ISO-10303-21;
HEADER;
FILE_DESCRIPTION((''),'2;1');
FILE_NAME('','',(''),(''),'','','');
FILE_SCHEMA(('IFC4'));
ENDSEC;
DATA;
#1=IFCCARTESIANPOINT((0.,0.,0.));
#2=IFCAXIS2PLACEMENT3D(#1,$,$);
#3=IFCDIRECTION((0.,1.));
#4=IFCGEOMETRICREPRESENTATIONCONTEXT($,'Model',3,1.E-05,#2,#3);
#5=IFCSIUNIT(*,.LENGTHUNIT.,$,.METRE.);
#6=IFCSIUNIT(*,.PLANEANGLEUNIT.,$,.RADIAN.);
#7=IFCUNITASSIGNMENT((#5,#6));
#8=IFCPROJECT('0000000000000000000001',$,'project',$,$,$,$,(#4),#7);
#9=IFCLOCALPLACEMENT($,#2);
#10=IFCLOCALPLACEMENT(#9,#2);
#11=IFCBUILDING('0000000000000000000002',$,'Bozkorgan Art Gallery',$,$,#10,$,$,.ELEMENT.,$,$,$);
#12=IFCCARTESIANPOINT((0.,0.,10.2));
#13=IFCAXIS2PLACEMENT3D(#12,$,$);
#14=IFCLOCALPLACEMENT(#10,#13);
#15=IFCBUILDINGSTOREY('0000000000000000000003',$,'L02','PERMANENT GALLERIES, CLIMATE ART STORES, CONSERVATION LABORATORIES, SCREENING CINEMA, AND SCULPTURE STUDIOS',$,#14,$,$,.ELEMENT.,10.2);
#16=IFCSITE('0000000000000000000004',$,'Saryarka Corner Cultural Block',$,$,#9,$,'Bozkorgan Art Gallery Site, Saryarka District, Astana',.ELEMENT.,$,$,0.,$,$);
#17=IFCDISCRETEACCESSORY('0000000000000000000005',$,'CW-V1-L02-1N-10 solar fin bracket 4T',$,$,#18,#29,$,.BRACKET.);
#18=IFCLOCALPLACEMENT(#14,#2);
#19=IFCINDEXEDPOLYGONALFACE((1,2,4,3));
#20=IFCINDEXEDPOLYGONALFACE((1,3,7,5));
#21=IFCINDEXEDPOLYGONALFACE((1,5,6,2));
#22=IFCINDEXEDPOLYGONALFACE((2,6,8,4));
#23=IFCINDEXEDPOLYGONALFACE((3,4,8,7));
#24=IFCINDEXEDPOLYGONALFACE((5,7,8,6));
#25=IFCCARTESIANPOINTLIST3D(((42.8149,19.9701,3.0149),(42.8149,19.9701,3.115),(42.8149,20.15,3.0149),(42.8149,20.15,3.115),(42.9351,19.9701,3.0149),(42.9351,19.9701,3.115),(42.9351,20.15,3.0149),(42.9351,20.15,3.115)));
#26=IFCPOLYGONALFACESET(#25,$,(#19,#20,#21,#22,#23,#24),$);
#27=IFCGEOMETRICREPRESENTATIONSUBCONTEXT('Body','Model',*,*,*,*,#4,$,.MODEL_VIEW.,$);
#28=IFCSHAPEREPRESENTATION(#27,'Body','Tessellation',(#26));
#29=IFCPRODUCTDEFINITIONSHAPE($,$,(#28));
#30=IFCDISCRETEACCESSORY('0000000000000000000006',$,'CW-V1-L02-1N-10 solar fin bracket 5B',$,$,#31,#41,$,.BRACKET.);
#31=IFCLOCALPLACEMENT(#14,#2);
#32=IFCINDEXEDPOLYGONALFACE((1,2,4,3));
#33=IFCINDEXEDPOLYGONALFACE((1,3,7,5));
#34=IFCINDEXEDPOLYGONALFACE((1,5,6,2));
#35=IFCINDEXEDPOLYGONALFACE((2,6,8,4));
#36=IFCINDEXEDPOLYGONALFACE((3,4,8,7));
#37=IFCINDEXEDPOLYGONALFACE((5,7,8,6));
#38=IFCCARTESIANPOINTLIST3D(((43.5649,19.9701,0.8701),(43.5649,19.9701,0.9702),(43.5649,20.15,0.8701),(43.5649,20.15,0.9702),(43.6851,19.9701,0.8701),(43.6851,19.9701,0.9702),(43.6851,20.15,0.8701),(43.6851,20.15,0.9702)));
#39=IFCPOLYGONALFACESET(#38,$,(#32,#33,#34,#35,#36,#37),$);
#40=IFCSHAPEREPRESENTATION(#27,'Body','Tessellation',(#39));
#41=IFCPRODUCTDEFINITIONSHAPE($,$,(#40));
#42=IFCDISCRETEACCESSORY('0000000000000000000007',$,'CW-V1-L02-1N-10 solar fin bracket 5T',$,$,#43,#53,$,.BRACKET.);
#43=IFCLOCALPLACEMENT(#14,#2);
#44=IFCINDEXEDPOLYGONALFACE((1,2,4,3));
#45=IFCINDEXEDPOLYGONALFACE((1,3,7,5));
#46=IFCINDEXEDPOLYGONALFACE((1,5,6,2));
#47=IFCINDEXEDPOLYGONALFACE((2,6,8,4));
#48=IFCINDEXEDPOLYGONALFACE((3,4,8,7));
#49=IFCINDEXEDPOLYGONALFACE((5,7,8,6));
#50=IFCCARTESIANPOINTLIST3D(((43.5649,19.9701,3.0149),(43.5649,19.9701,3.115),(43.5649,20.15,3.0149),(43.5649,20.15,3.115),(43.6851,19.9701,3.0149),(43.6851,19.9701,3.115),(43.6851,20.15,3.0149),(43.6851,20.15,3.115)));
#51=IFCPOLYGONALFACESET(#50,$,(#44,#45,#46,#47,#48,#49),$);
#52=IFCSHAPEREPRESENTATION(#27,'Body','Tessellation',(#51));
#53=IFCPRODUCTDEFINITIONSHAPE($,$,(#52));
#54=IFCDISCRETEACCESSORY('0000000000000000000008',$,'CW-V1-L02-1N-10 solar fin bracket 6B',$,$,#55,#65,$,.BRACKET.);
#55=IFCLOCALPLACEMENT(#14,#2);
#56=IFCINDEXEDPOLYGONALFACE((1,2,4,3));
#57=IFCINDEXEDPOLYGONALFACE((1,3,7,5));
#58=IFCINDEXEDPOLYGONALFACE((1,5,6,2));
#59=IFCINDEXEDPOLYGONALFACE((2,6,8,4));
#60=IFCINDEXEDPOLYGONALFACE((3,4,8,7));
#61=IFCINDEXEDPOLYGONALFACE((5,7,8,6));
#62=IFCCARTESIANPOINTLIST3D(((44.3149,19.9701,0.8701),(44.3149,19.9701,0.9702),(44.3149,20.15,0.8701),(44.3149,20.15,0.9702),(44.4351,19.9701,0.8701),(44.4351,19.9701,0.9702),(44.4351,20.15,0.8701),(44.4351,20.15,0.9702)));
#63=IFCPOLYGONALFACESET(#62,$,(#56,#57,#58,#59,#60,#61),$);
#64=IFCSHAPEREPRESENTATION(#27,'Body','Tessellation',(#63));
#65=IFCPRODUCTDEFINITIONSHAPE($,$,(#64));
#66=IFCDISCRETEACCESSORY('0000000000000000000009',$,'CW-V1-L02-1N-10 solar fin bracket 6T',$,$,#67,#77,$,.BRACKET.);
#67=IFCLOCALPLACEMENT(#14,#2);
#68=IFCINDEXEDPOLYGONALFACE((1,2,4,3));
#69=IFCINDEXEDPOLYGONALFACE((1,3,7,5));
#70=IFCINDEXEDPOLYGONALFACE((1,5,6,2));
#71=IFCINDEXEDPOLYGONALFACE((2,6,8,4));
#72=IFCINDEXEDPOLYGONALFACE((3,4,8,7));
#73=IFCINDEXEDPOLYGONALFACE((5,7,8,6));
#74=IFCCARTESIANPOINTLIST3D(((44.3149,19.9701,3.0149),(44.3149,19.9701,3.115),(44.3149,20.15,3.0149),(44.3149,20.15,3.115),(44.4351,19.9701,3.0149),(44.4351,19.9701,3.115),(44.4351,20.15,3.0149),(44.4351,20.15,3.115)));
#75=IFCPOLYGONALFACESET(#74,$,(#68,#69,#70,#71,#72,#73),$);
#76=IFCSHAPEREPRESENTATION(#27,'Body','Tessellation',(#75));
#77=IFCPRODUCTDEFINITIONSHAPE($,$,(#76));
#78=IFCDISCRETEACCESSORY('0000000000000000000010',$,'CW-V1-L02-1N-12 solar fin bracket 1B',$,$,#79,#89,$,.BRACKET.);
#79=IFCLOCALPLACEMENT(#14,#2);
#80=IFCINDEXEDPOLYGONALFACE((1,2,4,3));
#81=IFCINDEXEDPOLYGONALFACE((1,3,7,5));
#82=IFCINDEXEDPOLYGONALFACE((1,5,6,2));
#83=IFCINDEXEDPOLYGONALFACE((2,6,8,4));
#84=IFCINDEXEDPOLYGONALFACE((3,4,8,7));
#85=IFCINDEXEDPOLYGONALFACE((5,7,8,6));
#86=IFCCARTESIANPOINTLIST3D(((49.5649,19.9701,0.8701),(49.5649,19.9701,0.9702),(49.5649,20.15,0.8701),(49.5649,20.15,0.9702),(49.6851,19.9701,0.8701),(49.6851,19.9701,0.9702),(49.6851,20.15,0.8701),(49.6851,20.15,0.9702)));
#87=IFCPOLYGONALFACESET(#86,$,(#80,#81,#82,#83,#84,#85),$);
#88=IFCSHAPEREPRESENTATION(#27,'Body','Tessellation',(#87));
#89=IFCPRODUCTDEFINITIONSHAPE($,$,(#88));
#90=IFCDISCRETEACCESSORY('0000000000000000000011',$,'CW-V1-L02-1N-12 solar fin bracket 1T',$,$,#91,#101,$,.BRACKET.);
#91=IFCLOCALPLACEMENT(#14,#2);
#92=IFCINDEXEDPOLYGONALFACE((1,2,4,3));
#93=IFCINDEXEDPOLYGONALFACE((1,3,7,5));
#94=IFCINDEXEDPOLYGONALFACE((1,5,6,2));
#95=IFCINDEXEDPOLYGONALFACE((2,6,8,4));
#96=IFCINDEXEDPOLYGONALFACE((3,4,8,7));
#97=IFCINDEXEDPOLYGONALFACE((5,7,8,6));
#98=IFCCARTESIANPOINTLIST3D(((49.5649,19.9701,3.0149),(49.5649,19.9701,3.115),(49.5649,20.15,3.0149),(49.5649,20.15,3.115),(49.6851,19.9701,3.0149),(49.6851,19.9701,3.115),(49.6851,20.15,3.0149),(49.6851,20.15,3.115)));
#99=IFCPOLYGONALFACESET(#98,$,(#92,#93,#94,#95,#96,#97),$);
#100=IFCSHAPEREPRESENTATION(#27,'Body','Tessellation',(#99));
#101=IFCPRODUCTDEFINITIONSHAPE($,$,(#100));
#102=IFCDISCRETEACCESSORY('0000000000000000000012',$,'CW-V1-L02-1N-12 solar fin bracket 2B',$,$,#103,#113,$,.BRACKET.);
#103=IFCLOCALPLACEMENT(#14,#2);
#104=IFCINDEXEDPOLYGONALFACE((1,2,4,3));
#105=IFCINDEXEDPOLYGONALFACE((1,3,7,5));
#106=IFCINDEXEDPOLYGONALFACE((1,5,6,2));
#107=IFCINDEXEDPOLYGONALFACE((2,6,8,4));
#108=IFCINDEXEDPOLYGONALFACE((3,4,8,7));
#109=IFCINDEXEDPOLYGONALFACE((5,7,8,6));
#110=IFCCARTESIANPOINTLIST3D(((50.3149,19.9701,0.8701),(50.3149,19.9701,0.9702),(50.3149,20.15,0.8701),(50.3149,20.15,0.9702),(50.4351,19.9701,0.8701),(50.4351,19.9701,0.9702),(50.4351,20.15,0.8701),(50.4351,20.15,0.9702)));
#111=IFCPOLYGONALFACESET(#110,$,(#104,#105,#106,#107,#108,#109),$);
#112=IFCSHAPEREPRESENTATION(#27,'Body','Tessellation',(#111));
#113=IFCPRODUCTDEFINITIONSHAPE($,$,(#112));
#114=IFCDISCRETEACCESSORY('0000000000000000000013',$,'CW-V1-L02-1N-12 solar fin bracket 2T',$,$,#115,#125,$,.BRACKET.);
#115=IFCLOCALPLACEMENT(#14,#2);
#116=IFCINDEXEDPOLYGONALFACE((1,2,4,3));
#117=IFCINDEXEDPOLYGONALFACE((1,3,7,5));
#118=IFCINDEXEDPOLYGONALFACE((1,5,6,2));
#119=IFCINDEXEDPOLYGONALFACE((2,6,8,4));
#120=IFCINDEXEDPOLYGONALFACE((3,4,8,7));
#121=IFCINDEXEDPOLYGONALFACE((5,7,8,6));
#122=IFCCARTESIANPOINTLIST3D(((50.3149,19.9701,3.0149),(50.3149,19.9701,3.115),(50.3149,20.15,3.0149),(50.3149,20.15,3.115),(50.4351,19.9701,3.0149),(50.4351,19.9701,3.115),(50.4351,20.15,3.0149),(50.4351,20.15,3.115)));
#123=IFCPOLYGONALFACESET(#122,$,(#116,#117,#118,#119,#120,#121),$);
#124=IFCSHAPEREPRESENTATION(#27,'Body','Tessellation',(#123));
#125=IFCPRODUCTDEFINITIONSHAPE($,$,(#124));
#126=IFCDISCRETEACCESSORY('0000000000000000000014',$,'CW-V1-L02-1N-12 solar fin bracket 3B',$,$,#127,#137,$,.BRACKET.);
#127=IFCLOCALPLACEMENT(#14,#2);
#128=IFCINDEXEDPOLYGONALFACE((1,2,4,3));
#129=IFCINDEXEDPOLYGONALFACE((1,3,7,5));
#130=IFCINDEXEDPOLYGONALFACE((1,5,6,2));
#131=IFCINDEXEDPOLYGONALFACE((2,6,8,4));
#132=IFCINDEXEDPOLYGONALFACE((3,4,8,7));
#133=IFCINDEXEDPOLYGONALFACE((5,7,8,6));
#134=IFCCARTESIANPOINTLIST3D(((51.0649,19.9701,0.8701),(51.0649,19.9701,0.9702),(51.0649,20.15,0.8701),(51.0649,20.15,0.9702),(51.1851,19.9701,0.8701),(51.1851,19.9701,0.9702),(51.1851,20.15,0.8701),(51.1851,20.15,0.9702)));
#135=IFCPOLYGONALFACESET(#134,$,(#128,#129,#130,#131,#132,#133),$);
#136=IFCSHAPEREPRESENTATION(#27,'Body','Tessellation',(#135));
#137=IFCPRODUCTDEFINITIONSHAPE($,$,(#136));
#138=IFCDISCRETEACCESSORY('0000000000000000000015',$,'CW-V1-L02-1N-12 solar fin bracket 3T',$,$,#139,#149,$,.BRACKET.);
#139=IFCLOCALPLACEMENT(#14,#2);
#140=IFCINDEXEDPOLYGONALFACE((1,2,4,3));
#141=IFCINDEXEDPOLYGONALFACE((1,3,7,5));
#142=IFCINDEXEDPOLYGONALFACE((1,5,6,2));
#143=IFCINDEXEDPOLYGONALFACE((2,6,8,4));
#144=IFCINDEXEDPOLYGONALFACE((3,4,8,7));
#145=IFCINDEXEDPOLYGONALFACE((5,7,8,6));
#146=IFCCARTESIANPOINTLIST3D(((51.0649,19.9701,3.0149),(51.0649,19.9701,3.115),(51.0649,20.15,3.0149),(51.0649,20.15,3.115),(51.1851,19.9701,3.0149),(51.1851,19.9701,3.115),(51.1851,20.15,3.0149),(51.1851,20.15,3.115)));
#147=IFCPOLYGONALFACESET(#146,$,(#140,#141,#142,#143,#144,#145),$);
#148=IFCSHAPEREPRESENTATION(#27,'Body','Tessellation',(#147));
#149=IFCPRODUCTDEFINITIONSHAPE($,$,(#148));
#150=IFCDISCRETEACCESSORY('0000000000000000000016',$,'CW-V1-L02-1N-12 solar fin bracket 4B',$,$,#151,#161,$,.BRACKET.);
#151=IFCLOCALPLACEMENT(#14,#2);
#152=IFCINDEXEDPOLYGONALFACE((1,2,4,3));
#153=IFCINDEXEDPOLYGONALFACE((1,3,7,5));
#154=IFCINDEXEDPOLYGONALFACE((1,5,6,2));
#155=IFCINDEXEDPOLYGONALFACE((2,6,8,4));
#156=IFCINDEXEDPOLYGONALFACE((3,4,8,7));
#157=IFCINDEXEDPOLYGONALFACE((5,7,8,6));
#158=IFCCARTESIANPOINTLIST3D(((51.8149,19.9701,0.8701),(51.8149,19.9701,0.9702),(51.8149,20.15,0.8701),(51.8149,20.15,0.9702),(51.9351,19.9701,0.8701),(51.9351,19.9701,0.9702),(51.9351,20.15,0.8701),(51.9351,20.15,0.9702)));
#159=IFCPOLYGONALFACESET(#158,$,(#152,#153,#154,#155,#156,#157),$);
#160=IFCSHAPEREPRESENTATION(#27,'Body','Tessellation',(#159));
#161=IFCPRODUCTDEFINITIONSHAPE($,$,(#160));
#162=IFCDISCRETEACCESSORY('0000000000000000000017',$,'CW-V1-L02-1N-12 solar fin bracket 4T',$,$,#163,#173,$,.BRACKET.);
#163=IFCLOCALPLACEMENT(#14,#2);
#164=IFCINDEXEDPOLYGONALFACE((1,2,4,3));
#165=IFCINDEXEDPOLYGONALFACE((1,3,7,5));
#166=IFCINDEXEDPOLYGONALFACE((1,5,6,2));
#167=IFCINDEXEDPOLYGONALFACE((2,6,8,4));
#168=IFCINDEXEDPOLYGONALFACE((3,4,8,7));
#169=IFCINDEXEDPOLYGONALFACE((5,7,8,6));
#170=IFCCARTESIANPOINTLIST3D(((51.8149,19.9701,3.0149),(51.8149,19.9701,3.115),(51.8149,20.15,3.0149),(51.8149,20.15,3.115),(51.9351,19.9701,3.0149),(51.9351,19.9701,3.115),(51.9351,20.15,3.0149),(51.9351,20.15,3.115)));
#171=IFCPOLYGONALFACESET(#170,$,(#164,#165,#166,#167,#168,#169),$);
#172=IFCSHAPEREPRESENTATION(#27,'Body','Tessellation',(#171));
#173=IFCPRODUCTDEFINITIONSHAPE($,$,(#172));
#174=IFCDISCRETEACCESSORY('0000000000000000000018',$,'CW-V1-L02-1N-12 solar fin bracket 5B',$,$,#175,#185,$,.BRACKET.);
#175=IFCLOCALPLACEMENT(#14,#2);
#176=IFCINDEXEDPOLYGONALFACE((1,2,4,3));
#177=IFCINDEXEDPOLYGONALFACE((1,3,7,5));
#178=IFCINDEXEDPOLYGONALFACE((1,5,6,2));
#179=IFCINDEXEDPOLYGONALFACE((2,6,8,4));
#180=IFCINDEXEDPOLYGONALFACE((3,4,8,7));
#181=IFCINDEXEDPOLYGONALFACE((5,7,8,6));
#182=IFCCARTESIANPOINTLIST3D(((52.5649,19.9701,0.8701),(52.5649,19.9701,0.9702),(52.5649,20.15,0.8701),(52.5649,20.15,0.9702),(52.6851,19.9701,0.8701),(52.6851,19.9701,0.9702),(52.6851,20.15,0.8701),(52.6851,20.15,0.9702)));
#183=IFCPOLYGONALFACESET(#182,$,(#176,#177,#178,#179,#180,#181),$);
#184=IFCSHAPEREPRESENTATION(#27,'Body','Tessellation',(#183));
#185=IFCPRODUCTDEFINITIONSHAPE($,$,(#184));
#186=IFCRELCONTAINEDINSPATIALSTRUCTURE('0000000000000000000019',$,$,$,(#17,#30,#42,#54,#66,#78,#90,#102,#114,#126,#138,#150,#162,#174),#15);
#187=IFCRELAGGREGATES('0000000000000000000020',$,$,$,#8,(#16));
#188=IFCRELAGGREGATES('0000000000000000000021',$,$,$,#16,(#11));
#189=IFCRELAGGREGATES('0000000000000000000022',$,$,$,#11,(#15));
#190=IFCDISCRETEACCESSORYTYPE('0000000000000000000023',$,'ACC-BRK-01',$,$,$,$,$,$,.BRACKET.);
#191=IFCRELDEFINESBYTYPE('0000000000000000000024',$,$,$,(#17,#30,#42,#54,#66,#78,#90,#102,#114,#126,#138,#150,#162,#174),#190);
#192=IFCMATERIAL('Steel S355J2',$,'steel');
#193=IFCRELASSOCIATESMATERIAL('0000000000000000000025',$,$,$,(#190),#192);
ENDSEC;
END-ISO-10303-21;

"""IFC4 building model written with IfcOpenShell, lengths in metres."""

from ifc_helpers import new_model, si_unit, direction, frame, origin, origin_2d, place, context, subcontext, project, spatial, rectangle, extrude, material, type_object, element, save


model = new_model("IFC4")

# Units and contexts
model_context = context("Model", 3, precision=1e-05, world=origin(), true_north=direction((0.0, 1.0)))
body_context = subcontext(model_context, "Body", "Model", "MODEL_VIEW")
ifc_project = project(units=[si_unit("LENGTHUNIT", "METRE"), si_unit("PLANEANGLEUNIT", "RADIAN")], contexts=[model_context])

# Site, building, storey
site_placement = place(None, origin())
site = spatial("IfcSite", under=ifc_project, at=site_placement, Name="Saryarka Corner Cultural Block", LongName="Bozkorgan Art Gallery Site, Saryarka District, Astana", CompositionType="ELEMENT", RefElevation=0.0)
building_placement = place(site_placement, origin())
building = spatial("IfcBuilding", under=site, at=building_placement, Name="Bozkorgan Art Gallery", CompositionType="ELEMENT")
storey_placement = place(building_placement, frame((0.0, 0.0, 10.2)))
storey = spatial("IfcBuildingStorey", under=building, at=storey_placement, Name="L02", Description="PERMANENT GALLERIES, CLIMATE ART STORES, CONSERVATION LABORATORIES, SCREENING CINEMA, AND SCULPTURE STUDIOS", CompositionType="ELEMENT", Elevation=10.2)

# Discrete accessories
ifc_material_1 = material(Name="Steel S355J2", Category="steel")
discrete_accessory_type = type_object("IfcDiscreteAccessoryType", Name="ACC-BRK-01", PredefinedType="BRACKET", material=ifc_material_1)
for number, where, z_axis, x_axis, name in (
    (1, (42.875, 20.0601, 3.0149), (0.0, 0.0, 1.0), (0.0, 1.0, 0.0), "CW-V1-L02-1N-10 solar fin bracket 4T"),
    (2, (43.625, 20.0601, 0.8701), (0.0, 0.0, 1.0), (0.0, 1.0, 0.0), "CW-V1-L02-1N-10 solar fin bracket 5B"),
    (3, (43.625, 20.0601, 3.0149), (0.0, 0.0, 1.0), (0.0, 1.0, 0.0), "CW-V1-L02-1N-10 solar fin bracket 5T"),
    (4, (44.375, 20.0601, 0.8701), (0.0, 0.0, 1.0), (0.0, 1.0, 0.0), "CW-V1-L02-1N-10 solar fin bracket 6B"),
    (5, (44.375, 20.0601, 3.0149), (0.0, 0.0, 1.0), (0.0, 1.0, 0.0), "CW-V1-L02-1N-10 solar fin bracket 6T"),
    (6, (49.625, 20.0601, 0.8701), (0.0, 0.0, 1.0), (0.0, 1.0, 0.0), "CW-V1-L02-1N-12 solar fin bracket 1B"),
    (7, (49.625, 20.0601, 3.0149), (0.0, 0.0, 1.0), (0.0, 1.0, 0.0), "CW-V1-L02-1N-12 solar fin bracket 1T"),
    (8, (50.375, 20.0601, 0.8701), (0.0, 0.0, 1.0), (0.0, 1.0, 0.0), "CW-V1-L02-1N-12 solar fin bracket 2B"),
    (9, (50.375, 20.0601, 3.0149), (0.0, 0.0, 1.0), (0.0, 1.0, 0.0), "CW-V1-L02-1N-12 solar fin bracket 2T"),
    (10, (51.125, 20.0601, 0.8701), (0.0, 0.0, 1.0), (0.0, 1.0, 0.0), "CW-V1-L02-1N-12 solar fin bracket 3B"),
    (11, (51.125, 20.0601, 3.0149), (0.0, 0.0, 1.0), (0.0, 1.0, 0.0), "CW-V1-L02-1N-12 solar fin bracket 3T"),
    (12, (51.875, 20.0601, 0.8701), (0.0, 0.0, 1.0), (0.0, 1.0, 0.0), "CW-V1-L02-1N-12 solar fin bracket 4B"),
    (13, (51.875, 20.0601, 3.0149), (0.0, 0.0, 1.0), (0.0, 1.0, 0.0), "CW-V1-L02-1N-12 solar fin bracket 4T"),
    (14, (52.625, 20.0601, 0.8701), (0.0, 0.0, 1.0), (0.0, 1.0, 0.0), "CW-V1-L02-1N-12 solar fin bracket 5B"),
):
    element("IfcDiscreteAccessory", number, at=place(storey_placement, frame(where, z_axis=z_axis, x_axis=x_axis)), inside=storey, type_object=discrete_accessory_type, Name=name, PredefinedType="BRACKET", context=body_context, shape_type="SweptSolid", body=[
        extrude(rectangle(XDim=0.1799, YDim=0.1201, at=origin_2d()), origin(), (0.0, 0.0, 1.0), 0.1001),
    ])

save(model, "model.ifc")
